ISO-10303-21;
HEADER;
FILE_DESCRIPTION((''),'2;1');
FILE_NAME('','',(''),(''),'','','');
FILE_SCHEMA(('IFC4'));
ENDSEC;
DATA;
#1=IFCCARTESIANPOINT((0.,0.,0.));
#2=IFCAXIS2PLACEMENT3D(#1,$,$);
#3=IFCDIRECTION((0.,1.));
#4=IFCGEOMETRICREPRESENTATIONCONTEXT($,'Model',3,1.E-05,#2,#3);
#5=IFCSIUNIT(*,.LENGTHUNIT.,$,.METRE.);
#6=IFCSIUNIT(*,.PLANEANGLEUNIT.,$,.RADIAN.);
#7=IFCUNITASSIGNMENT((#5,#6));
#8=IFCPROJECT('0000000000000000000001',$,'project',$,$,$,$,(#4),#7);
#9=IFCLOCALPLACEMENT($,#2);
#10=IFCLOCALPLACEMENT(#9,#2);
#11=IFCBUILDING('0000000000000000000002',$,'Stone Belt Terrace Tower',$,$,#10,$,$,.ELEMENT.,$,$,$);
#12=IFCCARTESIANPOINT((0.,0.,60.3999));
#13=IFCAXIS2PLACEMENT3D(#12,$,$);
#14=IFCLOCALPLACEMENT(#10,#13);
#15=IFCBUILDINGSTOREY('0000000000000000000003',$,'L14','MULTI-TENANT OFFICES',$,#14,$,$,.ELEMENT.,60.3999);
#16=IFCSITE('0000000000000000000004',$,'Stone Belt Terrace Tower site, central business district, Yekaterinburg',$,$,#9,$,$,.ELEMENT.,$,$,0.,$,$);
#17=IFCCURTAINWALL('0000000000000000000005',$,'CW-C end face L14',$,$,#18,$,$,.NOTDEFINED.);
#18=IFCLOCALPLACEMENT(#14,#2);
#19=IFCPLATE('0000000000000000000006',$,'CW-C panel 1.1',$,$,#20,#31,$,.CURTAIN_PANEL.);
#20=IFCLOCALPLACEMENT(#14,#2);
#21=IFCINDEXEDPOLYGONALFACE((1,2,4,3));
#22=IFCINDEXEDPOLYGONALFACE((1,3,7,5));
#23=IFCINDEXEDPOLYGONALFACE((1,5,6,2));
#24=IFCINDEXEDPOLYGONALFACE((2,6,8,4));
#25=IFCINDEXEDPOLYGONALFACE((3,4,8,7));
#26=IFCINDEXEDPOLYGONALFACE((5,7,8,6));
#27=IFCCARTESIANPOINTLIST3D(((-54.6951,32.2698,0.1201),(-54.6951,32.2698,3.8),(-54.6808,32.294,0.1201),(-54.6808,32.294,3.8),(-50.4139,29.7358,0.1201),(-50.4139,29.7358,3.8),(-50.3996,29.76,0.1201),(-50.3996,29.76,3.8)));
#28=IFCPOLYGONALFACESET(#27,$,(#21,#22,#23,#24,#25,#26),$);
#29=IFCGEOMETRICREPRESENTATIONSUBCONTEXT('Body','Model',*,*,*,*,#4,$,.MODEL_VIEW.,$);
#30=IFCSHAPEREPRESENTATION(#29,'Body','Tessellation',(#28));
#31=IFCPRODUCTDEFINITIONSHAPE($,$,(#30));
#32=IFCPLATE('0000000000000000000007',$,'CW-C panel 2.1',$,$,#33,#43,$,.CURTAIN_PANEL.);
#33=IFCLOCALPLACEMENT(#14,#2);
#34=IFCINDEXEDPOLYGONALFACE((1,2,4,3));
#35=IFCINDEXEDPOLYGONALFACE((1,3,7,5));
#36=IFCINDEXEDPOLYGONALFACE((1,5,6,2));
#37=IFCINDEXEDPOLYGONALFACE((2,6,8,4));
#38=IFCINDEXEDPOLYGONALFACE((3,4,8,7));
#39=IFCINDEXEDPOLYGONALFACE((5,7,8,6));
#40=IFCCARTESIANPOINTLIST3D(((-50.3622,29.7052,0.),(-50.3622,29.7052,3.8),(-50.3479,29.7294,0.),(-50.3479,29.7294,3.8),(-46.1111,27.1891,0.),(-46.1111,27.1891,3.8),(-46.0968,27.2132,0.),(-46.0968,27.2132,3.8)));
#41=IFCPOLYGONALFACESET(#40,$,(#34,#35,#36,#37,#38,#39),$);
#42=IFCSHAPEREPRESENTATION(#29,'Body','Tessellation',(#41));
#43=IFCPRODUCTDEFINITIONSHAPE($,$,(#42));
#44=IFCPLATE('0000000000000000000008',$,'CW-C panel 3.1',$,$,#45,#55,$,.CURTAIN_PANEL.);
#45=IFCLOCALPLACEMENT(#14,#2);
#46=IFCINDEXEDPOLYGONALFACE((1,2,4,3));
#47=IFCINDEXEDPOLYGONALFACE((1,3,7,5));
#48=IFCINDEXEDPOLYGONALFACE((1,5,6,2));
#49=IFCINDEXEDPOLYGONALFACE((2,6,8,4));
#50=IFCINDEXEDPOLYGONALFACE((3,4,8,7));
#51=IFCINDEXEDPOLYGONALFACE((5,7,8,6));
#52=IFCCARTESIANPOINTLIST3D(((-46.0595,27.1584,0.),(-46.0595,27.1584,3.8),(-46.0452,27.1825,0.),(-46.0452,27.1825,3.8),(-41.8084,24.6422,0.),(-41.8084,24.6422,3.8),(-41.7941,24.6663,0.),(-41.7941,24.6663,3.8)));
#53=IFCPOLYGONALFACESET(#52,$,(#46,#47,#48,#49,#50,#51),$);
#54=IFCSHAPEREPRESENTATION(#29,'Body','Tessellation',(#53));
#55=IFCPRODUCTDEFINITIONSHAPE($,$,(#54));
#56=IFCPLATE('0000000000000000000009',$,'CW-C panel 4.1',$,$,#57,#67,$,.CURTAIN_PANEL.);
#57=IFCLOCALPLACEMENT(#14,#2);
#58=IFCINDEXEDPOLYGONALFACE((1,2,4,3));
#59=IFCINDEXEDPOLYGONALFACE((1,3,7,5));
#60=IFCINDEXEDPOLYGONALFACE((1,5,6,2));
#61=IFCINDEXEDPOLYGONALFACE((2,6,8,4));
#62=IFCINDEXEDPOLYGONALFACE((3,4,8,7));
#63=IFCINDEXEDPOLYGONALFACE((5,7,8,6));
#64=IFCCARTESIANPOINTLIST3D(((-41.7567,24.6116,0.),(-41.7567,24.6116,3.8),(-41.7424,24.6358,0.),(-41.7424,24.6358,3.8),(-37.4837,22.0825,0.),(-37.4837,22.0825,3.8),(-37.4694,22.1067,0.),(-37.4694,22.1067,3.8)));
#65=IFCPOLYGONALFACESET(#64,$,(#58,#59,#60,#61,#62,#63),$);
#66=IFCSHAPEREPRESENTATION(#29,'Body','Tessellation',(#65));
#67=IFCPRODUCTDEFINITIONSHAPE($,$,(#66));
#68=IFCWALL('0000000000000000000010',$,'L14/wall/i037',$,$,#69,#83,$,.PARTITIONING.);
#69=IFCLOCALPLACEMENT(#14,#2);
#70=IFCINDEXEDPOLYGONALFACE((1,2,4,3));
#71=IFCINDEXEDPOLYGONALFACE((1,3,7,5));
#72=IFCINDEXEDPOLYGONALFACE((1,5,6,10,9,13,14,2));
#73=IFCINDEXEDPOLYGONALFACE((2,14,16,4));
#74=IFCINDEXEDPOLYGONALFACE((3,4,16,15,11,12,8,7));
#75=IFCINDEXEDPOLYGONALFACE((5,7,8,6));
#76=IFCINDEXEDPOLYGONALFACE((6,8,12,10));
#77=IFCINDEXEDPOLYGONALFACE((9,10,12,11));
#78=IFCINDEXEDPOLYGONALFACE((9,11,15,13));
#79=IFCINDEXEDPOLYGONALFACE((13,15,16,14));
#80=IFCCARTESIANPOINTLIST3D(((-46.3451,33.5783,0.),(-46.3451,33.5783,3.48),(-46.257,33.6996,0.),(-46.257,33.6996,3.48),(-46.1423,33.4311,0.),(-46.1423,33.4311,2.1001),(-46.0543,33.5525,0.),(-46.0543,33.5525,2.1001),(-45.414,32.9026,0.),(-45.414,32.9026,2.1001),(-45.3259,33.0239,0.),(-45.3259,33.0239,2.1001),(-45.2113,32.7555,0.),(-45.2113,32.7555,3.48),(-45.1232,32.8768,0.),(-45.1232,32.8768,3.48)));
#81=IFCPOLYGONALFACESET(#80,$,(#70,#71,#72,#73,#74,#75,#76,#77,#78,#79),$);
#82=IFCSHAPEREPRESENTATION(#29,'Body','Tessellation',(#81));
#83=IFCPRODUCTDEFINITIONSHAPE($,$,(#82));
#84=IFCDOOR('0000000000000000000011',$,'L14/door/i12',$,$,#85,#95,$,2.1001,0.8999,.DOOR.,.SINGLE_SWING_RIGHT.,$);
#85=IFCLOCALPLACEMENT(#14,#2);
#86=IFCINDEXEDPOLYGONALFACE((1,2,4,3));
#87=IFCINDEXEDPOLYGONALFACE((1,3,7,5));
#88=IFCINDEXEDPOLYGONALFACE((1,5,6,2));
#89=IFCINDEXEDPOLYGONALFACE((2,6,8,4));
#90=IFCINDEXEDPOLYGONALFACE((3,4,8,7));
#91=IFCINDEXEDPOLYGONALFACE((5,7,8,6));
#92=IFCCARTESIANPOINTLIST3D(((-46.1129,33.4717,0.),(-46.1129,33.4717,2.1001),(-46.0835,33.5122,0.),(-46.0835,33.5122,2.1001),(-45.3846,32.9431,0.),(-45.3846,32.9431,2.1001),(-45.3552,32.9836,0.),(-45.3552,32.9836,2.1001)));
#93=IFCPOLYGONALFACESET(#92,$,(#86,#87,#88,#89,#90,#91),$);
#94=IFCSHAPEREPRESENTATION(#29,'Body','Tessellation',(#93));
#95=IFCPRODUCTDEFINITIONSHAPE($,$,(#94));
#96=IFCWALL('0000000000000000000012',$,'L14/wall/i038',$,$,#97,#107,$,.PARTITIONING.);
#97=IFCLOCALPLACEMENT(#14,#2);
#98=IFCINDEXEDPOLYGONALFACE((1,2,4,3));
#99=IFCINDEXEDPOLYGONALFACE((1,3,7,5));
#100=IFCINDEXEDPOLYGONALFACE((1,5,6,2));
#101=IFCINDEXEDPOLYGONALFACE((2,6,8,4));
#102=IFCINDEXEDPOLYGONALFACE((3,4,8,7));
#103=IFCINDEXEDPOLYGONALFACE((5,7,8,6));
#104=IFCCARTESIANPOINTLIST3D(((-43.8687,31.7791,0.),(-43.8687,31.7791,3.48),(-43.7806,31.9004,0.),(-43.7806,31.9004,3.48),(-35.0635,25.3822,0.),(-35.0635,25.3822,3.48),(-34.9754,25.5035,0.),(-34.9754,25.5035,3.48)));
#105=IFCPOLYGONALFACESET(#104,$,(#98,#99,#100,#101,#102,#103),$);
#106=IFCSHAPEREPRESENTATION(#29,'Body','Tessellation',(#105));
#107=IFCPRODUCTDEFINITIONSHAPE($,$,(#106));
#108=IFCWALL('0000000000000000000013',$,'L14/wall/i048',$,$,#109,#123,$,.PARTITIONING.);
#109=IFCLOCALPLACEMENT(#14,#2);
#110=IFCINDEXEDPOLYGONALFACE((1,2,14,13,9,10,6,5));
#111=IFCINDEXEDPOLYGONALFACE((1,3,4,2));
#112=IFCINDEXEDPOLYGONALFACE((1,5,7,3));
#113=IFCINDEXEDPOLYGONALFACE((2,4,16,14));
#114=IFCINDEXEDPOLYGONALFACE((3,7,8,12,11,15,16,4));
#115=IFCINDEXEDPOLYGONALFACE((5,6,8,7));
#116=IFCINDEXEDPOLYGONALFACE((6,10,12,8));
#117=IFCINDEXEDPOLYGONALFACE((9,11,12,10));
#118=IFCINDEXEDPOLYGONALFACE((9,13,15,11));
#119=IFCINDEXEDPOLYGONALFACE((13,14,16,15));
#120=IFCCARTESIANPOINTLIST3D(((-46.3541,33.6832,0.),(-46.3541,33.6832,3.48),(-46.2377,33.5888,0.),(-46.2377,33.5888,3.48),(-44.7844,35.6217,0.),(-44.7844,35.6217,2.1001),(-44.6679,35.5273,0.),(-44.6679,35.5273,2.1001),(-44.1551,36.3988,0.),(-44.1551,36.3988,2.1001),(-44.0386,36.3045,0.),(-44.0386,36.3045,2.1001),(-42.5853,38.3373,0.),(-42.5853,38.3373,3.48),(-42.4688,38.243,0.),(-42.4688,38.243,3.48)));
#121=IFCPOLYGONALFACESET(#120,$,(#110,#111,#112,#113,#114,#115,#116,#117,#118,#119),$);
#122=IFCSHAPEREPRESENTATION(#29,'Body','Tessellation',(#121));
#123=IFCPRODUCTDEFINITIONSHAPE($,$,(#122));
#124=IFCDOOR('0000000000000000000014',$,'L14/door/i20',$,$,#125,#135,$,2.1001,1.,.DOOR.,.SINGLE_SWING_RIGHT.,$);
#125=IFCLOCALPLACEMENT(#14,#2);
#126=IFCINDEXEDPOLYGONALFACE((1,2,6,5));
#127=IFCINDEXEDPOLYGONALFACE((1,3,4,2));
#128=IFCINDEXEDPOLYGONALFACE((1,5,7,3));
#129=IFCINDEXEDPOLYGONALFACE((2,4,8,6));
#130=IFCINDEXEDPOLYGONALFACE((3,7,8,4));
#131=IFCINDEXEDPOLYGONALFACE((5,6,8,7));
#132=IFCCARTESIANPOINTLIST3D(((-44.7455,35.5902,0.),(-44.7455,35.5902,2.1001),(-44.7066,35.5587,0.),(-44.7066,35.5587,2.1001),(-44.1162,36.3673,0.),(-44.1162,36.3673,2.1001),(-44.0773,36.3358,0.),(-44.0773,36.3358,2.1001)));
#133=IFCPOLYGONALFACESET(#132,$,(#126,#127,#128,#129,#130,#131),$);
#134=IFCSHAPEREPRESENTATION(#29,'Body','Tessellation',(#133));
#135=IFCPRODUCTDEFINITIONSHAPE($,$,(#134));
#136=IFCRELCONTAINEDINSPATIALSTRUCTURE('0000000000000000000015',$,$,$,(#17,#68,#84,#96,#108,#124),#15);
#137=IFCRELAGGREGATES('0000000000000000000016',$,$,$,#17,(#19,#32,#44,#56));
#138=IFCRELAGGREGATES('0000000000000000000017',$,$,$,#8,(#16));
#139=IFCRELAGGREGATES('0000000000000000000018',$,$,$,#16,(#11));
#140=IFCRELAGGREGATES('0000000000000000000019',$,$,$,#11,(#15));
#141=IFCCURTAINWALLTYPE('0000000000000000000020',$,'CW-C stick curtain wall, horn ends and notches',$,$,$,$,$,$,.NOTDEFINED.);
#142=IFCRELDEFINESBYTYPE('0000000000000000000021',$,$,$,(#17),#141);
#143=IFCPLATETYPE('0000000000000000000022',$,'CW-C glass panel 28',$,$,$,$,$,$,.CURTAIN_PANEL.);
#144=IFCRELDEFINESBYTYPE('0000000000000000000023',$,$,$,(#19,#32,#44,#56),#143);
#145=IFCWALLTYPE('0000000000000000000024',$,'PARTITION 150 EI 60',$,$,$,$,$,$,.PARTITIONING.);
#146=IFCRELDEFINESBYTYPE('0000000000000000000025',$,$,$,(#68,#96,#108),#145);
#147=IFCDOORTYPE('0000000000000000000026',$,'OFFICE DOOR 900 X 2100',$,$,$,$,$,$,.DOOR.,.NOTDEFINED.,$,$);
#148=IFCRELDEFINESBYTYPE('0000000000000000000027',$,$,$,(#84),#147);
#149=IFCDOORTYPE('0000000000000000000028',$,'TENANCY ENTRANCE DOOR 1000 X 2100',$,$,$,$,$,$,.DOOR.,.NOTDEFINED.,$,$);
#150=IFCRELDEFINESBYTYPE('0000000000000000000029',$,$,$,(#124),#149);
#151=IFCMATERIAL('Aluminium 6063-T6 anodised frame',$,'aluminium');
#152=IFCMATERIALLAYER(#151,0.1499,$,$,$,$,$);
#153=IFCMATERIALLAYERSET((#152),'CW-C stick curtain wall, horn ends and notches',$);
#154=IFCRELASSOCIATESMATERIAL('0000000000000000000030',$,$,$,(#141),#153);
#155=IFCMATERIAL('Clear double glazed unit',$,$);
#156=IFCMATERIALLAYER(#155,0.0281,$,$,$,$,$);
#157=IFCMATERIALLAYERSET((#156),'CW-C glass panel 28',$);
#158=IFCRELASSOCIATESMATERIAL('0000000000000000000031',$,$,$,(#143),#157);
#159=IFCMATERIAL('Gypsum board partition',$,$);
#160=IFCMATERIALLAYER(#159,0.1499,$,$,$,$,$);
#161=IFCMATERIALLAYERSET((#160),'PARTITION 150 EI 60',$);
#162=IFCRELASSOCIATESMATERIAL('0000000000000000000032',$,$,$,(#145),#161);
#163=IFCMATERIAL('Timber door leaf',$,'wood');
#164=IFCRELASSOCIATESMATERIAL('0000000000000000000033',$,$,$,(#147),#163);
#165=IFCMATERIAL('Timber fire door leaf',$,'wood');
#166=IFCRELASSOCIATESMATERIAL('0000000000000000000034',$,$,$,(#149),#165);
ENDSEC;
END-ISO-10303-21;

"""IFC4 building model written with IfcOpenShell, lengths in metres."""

from ifc_helpers import new_model, si_unit, direction, frame, frame_2d, origin, origin_2d, place, context, subcontext, project, spatial, rectangle, extrude, material, layer, layer_set, type_object, element, fill, aggregate, save


model = new_model("IFC4")

# Units and contexts
model_context = context("Model", 3, precision=1e-05, world=origin(), true_north=direction((0.0, 1.0)))
body_context = subcontext(model_context, "Body", "Model", "MODEL_VIEW")
ifc_project = project(units=[si_unit("LENGTHUNIT", "METRE"), si_unit("PLANEANGLEUNIT", "RADIAN")], contexts=[model_context])

# Site, building, storey
site_placement = place(None, origin())
site = spatial("IfcSite", under=ifc_project, at=site_placement, Name="Stone Belt Terrace Tower site, central business district, Yekaterinburg", CompositionType="ELEMENT", RefElevation=0.0)
building_placement = place(site_placement, origin())
building = spatial("IfcBuilding", under=site, at=building_placement, Name="Stone Belt Terrace Tower", CompositionType="ELEMENT")
storey_placement = place(building_placement, frame((0.0, 0.0, 60.3999)))
storey = spatial("IfcBuildingStorey", under=building, at=storey_placement, Name="L14", Description="MULTI-TENANT OFFICES", CompositionType="ELEMENT", Elevation=60.3999)

# Curtain wall
ifc_material_1 = material(Name="Aluminium 6063-T6 anodised frame", Category="aluminium")
ifc_layer_1 = layer(ifc_material_1, 0.1499)
ifc_layer_set_1 = layer_set([ifc_layer_1], Name="CW-C stick curtain wall, horn ends and notches")
curtain_wall_type_1 = type_object("IfcCurtainWallType", Name="CW-C stick curtain wall, horn ends and notches", PredefinedType="NOTDEFINED", material=ifc_layer_set_1)
curtain_wall_1_placement = place(storey_placement, origin())
curtain_wall_1 = element("IfcCurtainWall", 1, at=curtain_wall_1_placement, inside=storey, type_object=curtain_wall_type_1, Name="CW-C end face L14", PredefinedType="NOTDEFINED")

# Plates
ifc_material_2 = material(Name="Clear double glazed unit")
ifc_layer_2 = layer(ifc_material_2, 0.0281)
ifc_layer_set_2 = layer_set([ifc_layer_2], Name="CW-C glass panel 28")
plate_type = type_object("IfcPlateType", Name="CW-C glass panel 28", PredefinedType="CURTAIN_PANEL", material=ifc_layer_set_2)
plate_1_placement = place(storey_placement, frame((-52.5474, 31.0149, 0.1201), z_axis=(0.0, 0.0, 1.0), x_axis=(0.860558, -0.509353, 0.0)))
plate_1 = element("IfcPlate", 2, at=plate_1_placement, type_object=plate_type, Name="CW-C panel 1.1", PredefinedType="CURTAIN_PANEL", context=body_context, shape_type="SweptSolid", body=[
    extrude(rectangle(XDim=4.9749, YDim=0.0281, at=origin_2d()), origin(), (0.0, 0.0, 1.0), 3.6799),
])
plate_2_placement = place(storey_placement, frame((-48.2295, 28.4592, 0.0), z_axis=(0.0, 0.0, 1.0), x_axis=(0.860558, -0.509353, 0.0)))
plate_2 = element("IfcPlate", 3, at=plate_2_placement, type_object=plate_type, Name="CW-C panel 2.1", PredefinedType="CURTAIN_PANEL", context=body_context, shape_type="SweptSolid", body=[
    extrude(rectangle(XDim=4.9399, YDim=0.0281, at=origin_2d()), origin(), (0.0, 0.0, 1.0), 3.8),
])
plate_3_placement = place(storey_placement, frame((-43.9268, 25.9124, 0.0), z_axis=(0.0, 0.0, 1.0), x_axis=(0.860558, -0.509353, 0.0)))
plate_3 = element("IfcPlate", 4, at=plate_3_placement, type_object=plate_type, Name="CW-C panel 3.1", PredefinedType="CURTAIN_PANEL", context=body_context, shape_type="SweptSolid", body=[
    extrude(rectangle(XDim=4.9399, YDim=0.0281, at=origin_2d()), origin(), (0.0, 0.0, 1.0), 3.8),
])
plate_4_placement = place(storey_placement, frame((-39.613, 23.3591, 0.0), z_axis=(0.0, 0.0, 1.0), x_axis=(0.860558, -0.509353, 0.0)))
plate_4 = element("IfcPlate", 5, at=plate_4_placement, type_object=plate_type, Name="CW-C panel 4.1", PredefinedType="CURTAIN_PANEL", context=body_context, shape_type="SweptSolid", body=[
    extrude(rectangle(XDim=4.9653, YDim=0.0281, at=origin_2d()), origin(), (0.0, 0.0, 1.0), 3.8),
])
aggregate(curtain_wall_1, [plate_1, plate_2, plate_3, plate_4])

# Wall, opening, door
ifc_material_3 = material(Name="Gypsum board partition")
ifc_layer_3 = layer(ifc_material_3, 0.1499)
ifc_layer_set_3 = layer_set([ifc_layer_3], Name="PARTITION 150 EI 60")
wall_type = type_object("IfcWallType", Name="PARTITION 150 EI 60", PredefinedType="PARTITIONING", material=ifc_layer_set_3)
wall_1_placement = place(storey_placement, frame((-45.1672, 32.8162, 0.0), z_axis=(0.0, 0.0, 1.0), x_axis=(-0.809354, 0.587322, 0.0)))
wall_1 = element("IfcWall", 6, at=wall_1_placement, inside=storey, type_object=wall_type, Name="L14/wall/i037", PredefinedType="PARTITIONING", context=body_context, shape_type="SweptSolid", body=[
    extrude(rectangle(XDim=1.4009, YDim=0.1499, at=frame_2d((0.7004, 0.0))), origin(), (0.0, 0.0, 1.0), 3.48),
])
opening_1_placement = place(wall_1_placement, frame((0.2505, 0.0, 0.0)))
opening_1 = element("IfcOpeningElement", 7, at=opening_1_placement, cuts=wall_1, PredefinedType="OPENING", context=body_context, shape_type="SweptSolid", body=[
    extrude(rectangle(XDim=0.8999, YDim=2.1001, at=frame_2d((0.45, 1.05))), frame((0.0, 0.085, 0.0), z_axis=(0.0, -1.0, 0.0), x_axis=(1.0, 0.0, 0.0)), (0.0, 0.0, 1.0), 0.1699),
])
ifc_material_4 = material(Name="Timber door leaf", Category="wood")
door_type_1 = type_object("IfcDoorType", Name="OFFICE DOOR 900 X 2100", OperationType="NOTDEFINED", PredefinedType="DOOR", material=ifc_material_4)
door_1_placement = place(opening_1_placement, origin())
door_1 = element("IfcDoor", 8, at=door_1_placement, inside=storey, type_object=door_type_1, Name="L14/door/i12", OperationType="SINGLE_SWING_RIGHT", OverallHeight=2.1001, OverallWidth=0.8999, PredefinedType="DOOR", context=body_context, shape_type="SweptSolid", body=[
    extrude(rectangle(XDim=0.8999, YDim=2.1001, at=frame_2d((0.45, 1.05))), frame((0.0, 0.0249, 0.0), z_axis=(0.0, -1.0, 0.0), x_axis=(1.0, 0.0, 0.0)), (0.0, 0.0, 1.0), 0.05),
])
fill(opening_1, door_1)

# Wall
wall_2_placement = place(storey_placement, frame((-43.8247, 31.8398, 0.0), z_axis=(0.0, 0.0, 1.0), x_axis=(0.809033, -0.587763, 0.0)))
element("IfcWall", 9, at=wall_2_placement, inside=storey, type_object=wall_type, Name="L14/wall/i038", PredefinedType="PARTITIONING", context=body_context, shape_type="SweptSolid", body=[
    extrude(rectangle(XDim=10.8835, YDim=0.1499, at=frame_2d((5.4419, 0.0))), origin(), (0.0, 0.0, 1.0), 3.48),
])

# Wall, opening, door
wall_3_placement = place(storey_placement, frame((-46.2959, 33.636, 0.0), z_axis=(0.0, 0.0, 1.0), x_axis=(0.629323, 0.777144, 0.0)))
wall_3 = element("IfcWall", 10, at=wall_3_placement, inside=storey, type_object=wall_type, Name="L14/wall/i048", PredefinedType="PARTITIONING", context=body_context, shape_type="SweptSolid", body=[
    extrude(rectangle(XDim=5.9888, YDim=0.1499, at=frame_2d((2.9944, 0.0))), origin(), (0.0, 0.0, 1.0), 3.48),
])
opening_2_placement = place(wall_3_placement, frame((2.4944, 0.0, 0.0)))
opening_2 = element("IfcOpeningElement", 11, at=opening_2_placement, cuts=wall_3, PredefinedType="OPENING", context=body_context, shape_type="SweptSolid", body=[
    extrude(rectangle(XDim=1.0, YDim=2.1001, at=frame_2d((0.5, 1.05))), frame((0.0, 0.085, 0.0), z_axis=(0.0, -1.0, 0.0), x_axis=(1.0, 0.0, 0.0)), (0.0, 0.0, 1.0), 0.1699),
])
ifc_material_5 = material(Name="Timber fire door leaf", Category="wood")
door_type_2 = type_object("IfcDoorType", Name="TENANCY ENTRANCE DOOR 1000 X 2100", OperationType="NOTDEFINED", PredefinedType="DOOR", material=ifc_material_5)
door_2_placement = place(opening_2_placement, origin())
door_2 = element("IfcDoor", 12, at=door_2_placement, inside=storey, type_object=door_type_2, Name="L14/door/i20", OperationType="SINGLE_SWING_RIGHT", OverallHeight=2.1001, OverallWidth=1.0, PredefinedType="DOOR", context=body_context, shape_type="SweptSolid", body=[
    extrude(rectangle(XDim=1.0, YDim=2.1001, at=frame_2d((0.5, 1.05))), frame((0.0, 0.0249, 0.0), z_axis=(0.0, -1.0, 0.0), x_axis=(1.0, 0.0, 0.0)), (0.0, 0.0, 1.0), 0.05),
])
fill(opening_2, door_2)

save(model, "model.ifc")
